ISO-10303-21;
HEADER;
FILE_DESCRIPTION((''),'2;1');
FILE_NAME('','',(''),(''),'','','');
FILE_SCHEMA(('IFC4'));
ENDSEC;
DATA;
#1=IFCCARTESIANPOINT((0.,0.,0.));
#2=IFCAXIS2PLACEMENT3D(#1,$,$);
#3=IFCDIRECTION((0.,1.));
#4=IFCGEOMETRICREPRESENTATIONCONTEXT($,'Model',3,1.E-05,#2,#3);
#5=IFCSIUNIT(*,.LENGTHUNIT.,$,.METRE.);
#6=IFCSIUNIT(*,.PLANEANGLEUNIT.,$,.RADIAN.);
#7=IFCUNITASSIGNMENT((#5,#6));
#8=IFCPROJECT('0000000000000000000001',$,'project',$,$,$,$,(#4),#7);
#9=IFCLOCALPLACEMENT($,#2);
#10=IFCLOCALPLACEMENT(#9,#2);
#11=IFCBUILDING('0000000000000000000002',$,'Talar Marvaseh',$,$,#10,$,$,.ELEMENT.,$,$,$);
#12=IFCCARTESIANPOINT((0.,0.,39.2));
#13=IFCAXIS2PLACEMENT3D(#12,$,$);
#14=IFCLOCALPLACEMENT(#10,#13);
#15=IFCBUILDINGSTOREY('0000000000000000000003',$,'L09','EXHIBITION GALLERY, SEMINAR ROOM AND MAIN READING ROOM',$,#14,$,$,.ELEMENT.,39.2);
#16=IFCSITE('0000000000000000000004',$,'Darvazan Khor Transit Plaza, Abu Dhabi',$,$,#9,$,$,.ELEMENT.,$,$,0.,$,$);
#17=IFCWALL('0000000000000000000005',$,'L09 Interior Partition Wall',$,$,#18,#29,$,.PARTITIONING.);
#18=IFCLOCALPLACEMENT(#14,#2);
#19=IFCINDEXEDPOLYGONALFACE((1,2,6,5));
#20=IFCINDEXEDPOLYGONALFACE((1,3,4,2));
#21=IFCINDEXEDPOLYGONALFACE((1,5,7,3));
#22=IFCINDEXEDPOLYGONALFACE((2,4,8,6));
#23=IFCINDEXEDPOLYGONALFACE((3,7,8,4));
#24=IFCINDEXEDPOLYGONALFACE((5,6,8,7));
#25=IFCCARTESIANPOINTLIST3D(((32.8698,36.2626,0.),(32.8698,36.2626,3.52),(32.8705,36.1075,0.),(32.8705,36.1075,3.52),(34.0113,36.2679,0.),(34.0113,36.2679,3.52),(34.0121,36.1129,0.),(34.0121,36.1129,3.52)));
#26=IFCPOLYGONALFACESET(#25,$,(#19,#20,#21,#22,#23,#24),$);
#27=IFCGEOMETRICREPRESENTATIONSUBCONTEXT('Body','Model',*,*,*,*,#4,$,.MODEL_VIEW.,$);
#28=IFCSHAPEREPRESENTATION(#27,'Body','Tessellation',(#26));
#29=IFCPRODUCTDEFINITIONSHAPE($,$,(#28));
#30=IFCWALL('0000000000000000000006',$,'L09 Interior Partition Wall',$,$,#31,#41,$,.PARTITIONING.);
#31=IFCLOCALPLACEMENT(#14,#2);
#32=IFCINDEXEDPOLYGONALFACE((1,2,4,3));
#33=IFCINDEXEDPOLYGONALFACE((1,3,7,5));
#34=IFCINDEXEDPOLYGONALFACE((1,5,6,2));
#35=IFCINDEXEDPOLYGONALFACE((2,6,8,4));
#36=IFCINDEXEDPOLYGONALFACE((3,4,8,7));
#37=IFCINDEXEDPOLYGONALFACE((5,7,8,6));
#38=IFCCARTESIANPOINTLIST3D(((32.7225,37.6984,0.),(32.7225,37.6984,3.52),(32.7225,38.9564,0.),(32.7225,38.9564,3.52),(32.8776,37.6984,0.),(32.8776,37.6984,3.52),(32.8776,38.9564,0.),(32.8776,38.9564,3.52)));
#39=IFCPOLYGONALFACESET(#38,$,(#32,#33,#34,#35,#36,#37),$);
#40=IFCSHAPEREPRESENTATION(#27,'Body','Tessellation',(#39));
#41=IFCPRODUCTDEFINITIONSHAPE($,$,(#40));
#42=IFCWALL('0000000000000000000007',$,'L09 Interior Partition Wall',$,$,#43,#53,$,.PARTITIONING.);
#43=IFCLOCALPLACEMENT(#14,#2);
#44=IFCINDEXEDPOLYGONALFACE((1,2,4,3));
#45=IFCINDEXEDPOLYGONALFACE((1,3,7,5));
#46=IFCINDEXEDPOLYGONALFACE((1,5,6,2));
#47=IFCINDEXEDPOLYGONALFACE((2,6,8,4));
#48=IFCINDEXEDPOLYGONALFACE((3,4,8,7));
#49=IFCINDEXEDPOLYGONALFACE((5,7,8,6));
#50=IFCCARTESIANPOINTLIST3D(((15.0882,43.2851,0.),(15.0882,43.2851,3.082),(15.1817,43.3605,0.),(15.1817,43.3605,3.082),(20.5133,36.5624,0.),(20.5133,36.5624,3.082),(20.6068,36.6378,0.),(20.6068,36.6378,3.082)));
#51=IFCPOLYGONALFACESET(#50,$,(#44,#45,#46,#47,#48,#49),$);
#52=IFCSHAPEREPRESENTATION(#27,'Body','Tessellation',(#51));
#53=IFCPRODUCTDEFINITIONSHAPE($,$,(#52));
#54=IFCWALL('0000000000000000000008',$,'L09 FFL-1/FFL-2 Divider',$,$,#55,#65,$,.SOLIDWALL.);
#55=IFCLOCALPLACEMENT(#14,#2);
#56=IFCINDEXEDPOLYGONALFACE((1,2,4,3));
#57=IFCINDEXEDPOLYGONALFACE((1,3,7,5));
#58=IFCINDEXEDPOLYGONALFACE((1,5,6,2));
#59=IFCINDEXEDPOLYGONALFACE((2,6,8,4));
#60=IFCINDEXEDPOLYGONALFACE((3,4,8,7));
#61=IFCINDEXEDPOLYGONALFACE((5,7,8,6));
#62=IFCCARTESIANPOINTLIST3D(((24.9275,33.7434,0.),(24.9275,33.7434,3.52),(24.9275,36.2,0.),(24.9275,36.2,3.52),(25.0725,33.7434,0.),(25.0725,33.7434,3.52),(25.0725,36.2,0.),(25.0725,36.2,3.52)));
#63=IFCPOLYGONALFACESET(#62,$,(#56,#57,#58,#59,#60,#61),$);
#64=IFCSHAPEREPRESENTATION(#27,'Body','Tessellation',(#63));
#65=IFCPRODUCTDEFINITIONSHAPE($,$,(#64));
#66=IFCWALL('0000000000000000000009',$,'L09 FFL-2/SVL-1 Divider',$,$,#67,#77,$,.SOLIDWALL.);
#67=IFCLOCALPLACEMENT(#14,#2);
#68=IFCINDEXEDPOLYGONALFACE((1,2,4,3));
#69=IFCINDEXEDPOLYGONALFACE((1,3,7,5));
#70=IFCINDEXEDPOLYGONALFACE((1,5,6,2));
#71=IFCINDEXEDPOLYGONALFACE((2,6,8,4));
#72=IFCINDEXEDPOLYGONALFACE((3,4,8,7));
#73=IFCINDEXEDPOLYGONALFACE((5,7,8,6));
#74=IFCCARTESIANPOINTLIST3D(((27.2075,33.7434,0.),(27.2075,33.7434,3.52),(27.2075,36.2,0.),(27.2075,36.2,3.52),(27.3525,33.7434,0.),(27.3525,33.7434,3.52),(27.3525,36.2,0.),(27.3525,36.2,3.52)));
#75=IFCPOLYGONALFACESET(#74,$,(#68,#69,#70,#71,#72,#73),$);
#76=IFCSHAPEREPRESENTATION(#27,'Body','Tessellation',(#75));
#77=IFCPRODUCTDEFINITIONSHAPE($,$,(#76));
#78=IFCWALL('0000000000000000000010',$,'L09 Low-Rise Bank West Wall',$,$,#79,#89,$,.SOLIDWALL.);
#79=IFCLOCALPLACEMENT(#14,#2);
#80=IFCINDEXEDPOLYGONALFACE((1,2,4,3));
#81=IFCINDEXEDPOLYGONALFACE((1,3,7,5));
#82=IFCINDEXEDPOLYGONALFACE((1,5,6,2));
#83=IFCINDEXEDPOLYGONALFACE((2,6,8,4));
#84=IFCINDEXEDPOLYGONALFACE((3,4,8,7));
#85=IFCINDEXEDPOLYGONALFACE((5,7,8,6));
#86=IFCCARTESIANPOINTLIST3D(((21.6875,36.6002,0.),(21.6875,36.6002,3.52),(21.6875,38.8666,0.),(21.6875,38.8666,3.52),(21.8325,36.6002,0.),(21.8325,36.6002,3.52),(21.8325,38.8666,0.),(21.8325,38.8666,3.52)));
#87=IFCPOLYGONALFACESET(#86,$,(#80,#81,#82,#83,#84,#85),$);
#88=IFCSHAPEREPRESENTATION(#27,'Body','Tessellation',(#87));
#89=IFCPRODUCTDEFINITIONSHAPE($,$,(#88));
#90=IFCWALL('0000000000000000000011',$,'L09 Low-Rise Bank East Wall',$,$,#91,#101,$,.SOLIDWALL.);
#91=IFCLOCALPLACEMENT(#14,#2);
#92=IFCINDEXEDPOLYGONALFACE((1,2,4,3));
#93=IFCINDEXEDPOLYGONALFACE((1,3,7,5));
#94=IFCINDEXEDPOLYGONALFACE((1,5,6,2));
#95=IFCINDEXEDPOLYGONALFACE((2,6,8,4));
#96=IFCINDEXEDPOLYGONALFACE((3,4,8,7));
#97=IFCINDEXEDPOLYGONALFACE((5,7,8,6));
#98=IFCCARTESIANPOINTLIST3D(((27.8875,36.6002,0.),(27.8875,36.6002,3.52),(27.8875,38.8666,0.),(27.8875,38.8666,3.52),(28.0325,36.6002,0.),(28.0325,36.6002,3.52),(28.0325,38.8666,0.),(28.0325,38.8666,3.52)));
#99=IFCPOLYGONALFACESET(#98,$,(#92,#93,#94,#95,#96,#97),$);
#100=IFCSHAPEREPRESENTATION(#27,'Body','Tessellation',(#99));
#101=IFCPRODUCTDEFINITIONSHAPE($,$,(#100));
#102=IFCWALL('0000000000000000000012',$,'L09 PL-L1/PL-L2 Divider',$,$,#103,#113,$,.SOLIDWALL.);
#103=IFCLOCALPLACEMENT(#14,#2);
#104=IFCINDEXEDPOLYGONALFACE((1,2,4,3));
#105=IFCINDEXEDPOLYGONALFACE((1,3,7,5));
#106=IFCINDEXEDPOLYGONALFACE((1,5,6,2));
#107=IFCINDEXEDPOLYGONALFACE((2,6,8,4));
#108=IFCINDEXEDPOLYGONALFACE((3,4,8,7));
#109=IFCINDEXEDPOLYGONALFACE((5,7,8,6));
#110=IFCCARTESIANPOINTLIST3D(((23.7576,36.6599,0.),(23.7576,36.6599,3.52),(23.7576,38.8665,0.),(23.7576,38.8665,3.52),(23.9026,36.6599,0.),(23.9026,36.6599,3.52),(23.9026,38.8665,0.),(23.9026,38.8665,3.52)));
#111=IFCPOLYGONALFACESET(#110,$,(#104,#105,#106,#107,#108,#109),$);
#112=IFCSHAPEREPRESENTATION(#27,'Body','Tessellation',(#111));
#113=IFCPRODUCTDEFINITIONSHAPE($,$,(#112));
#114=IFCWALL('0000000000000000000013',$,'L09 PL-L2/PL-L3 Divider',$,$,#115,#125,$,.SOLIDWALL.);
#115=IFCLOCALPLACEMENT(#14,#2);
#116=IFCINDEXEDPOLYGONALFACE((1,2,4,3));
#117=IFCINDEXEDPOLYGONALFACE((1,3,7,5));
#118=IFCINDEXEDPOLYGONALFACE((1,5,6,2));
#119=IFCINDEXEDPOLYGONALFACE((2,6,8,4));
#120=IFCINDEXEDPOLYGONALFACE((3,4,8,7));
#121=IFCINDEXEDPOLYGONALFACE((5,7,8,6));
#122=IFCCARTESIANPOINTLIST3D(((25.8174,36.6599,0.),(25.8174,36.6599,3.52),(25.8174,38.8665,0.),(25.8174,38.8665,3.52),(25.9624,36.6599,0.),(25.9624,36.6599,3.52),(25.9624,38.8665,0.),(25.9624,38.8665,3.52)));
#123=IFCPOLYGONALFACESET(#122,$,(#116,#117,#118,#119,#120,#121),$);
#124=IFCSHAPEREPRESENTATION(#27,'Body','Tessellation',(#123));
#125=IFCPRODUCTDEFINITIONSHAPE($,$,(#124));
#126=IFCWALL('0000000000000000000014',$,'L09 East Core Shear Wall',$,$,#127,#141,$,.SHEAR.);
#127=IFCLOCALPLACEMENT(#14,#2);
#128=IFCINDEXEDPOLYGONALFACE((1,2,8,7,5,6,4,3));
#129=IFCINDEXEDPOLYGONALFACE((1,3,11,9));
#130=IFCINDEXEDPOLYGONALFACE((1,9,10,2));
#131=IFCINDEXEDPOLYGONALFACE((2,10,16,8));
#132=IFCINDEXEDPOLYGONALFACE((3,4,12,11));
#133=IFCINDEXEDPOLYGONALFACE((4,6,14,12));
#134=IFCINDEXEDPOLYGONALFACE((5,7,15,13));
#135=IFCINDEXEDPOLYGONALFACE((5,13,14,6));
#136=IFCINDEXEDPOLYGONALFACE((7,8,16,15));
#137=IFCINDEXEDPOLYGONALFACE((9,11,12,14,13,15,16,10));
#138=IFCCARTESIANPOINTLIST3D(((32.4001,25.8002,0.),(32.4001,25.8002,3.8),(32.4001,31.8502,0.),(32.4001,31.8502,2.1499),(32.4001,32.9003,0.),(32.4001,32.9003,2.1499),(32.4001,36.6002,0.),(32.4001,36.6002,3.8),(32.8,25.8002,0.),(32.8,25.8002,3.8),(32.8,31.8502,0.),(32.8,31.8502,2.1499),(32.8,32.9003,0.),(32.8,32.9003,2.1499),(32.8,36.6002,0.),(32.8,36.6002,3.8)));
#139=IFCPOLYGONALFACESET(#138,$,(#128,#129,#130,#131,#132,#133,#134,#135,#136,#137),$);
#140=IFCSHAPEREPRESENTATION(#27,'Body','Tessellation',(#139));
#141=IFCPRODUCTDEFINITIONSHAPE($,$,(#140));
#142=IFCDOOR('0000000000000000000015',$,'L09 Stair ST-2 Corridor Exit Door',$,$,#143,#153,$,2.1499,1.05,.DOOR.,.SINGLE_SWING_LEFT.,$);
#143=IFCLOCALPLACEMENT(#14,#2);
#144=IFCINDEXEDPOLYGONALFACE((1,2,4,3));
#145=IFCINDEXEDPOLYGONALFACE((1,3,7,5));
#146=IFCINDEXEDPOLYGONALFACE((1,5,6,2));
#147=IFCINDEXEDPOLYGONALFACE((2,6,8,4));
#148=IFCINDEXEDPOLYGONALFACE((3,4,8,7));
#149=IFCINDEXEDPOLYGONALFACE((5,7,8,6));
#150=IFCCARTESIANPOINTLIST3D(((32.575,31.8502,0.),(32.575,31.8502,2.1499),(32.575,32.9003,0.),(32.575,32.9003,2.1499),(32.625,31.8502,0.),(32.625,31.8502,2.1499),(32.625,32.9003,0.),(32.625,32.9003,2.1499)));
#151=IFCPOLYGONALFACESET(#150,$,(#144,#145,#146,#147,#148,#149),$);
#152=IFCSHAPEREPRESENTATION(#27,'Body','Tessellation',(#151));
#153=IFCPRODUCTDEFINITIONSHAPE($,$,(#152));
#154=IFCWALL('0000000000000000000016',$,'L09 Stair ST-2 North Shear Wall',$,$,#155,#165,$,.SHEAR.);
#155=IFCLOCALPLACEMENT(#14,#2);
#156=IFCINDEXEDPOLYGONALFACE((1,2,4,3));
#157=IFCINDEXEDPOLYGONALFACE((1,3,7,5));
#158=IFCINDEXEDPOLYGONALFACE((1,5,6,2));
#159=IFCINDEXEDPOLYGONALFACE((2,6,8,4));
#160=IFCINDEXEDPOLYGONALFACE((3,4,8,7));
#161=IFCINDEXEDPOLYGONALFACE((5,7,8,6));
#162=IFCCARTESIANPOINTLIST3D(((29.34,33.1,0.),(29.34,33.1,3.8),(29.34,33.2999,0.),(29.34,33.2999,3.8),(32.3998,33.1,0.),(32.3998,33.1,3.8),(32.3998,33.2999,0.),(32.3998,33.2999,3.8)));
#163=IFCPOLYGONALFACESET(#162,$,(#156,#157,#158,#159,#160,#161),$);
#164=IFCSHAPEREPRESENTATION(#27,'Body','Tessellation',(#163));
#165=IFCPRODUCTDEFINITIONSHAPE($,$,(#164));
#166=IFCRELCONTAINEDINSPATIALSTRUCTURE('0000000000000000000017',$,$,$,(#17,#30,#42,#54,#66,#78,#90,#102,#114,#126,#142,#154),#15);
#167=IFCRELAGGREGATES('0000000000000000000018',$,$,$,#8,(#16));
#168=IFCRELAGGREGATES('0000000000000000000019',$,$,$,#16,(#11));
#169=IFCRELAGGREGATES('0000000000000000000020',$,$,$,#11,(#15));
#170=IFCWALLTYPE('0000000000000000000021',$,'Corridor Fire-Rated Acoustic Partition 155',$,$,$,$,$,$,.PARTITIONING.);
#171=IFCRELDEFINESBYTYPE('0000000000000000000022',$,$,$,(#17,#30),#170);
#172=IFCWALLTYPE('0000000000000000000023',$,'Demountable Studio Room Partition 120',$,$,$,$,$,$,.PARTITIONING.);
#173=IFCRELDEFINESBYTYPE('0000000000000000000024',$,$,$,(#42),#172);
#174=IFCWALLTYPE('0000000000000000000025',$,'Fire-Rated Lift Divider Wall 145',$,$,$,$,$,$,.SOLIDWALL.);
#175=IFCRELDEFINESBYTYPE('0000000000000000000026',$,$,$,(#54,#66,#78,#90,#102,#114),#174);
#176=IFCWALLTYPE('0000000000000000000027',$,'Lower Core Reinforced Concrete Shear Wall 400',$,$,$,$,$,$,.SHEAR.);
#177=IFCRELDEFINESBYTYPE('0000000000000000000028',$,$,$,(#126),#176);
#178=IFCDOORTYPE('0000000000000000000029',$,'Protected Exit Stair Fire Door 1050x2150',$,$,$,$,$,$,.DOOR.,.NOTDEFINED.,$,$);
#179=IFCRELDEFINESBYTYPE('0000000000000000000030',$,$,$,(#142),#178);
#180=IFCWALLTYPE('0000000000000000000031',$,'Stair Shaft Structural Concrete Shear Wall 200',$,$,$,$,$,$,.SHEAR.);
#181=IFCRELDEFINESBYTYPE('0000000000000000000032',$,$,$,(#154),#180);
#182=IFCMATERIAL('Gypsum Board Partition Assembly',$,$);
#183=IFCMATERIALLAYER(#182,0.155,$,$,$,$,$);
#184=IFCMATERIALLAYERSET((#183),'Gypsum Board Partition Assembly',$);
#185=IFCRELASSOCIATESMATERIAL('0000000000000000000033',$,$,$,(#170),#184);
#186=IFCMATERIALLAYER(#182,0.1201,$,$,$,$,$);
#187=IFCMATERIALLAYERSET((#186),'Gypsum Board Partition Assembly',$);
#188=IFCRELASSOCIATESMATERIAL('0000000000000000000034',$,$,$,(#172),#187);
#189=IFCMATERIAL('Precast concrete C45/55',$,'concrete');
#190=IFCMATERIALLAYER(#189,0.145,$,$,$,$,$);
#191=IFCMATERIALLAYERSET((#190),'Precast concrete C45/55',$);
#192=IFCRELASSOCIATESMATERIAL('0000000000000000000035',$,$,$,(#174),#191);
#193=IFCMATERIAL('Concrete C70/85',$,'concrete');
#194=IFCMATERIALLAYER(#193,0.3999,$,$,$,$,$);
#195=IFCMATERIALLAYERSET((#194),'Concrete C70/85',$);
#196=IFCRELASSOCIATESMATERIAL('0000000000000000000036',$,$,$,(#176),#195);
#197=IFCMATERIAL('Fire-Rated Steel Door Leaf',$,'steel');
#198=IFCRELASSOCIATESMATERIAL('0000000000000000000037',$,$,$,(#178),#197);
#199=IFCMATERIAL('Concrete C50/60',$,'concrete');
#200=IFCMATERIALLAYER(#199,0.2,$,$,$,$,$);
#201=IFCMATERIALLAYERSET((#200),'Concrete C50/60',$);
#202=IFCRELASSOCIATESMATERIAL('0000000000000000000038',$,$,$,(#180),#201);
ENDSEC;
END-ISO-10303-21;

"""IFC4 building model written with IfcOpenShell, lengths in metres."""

from ifc_helpers import new_model, si_unit, direction, frame, frame_2d, origin, place, context, subcontext, project, spatial, rectangle, extrude, source, transform, mapped, material, layer, layer_set, type_object, type_shapes, element, fill, save


model = new_model("IFC4")

# Units and contexts
model_context = context("Model", 3, precision=1e-05, world=origin(), true_north=direction((0.0, 1.0)))
body_context = subcontext(model_context, "Body", "Model", "MODEL_VIEW")
ifc_project = project(units=[si_unit("LENGTHUNIT", "METRE"), si_unit("PLANEANGLEUNIT", "RADIAN")], contexts=[model_context])

# Site, building, storey
site_placement = place(None, origin())
site = spatial("IfcSite", under=ifc_project, at=site_placement, Name="Darvazan Khor Transit Plaza, Abu Dhabi", CompositionType="ELEMENT", RefElevation=0.0)
building_placement = place(site_placement, origin())
building = spatial("IfcBuilding", under=site, at=building_placement, Name="Talar Marvaseh", CompositionType="ELEMENT")
storey_placement = place(building_placement, frame((0.0, 0.0, 39.2)))
storey = spatial("IfcBuildingStorey", under=building, at=storey_placement, Name="L09", Description="EXHIBITION GALLERY, SEMINAR ROOM AND MAIN READING ROOM", CompositionType="ELEMENT", Elevation=39.2)

# Walls
ifc_material_1 = material(Name="Gypsum Board Partition Assembly")
ifc_layer_1 = layer(ifc_material_1, 0.155)
ifc_layer_set_1 = layer_set([ifc_layer_1], Name="Gypsum Board Partition Assembly")
wall_type_1 = type_object("IfcWallType", Name="Corridor Fire-Rated Acoustic Partition 155", PredefinedType="PARTITIONING", material=ifc_layer_set_1)
wall_1_placement = place(storey_placement, frame((32.8701, 36.1851, 0.0), z_axis=(0.0, 0.0, 1.0), x_axis=(0.999989, 0.004705, 0.0)))
element("IfcWall", 1, at=wall_1_placement, inside=storey, type_object=wall_type_1, Name="L09 Interior Partition Wall", PredefinedType="PARTITIONING", context=body_context, shape_type="SweptSolid", body=[
    extrude(rectangle(XDim=1.1416, YDim=0.155, at=frame_2d((0.5708, 0.0))), origin(), (0.0, 0.0, 1.0), 3.52),
])
wall_2_placement = place(storey_placement, frame((32.8, 37.6985, 0.0), z_axis=(0.0, 0.0, 1.0), x_axis=(0.0, 1.0, 0.0)))
element("IfcWall", 2, at=wall_2_placement, inside=storey, type_object=wall_type_1, Name="L09 Interior Partition Wall", PredefinedType="PARTITIONING", context=body_context, shape_type="SweptSolid", body=[
    extrude(rectangle(XDim=1.2581, YDim=0.155, at=frame_2d((0.6289, 0.0))), origin(), (0.0, 0.0, 1.0), 3.52),
])
ifc_layer_2 = layer(ifc_material_1, 0.1201)
ifc_layer_set_2 = layer_set([ifc_layer_2], Name="Gypsum Board Partition Assembly")
wall_type_2 = type_object("IfcWallType", Name="Demountable Studio Room Partition 120", PredefinedType="PARTITIONING", material=ifc_layer_set_2)
wall_3_placement = place(storey_placement, frame((20.5601, 36.6001, 0.0), z_axis=(0.0, 0.0, 1.0), x_axis=(-0.628002, 0.778212, 0.0)))
element("IfcWall", 3, at=wall_3_placement, inside=storey, type_object=wall_type_2, Name="L09 Interior Partition Wall", PredefinedType="PARTITIONING", context=body_context, shape_type="SweptSolid", body=[
    extrude(rectangle(XDim=8.6387, YDim=0.1201, at=frame_2d((4.3193, 0.0))), origin(), (0.0, 0.0, 1.0), 3.082),
])
ifc_material_2 = material(Name="Precast concrete C45/55", Category="concrete")
ifc_layer_3 = layer(ifc_material_2, 0.145)
ifc_layer_set_3 = layer_set([ifc_layer_3], Name="Precast concrete C45/55")
wall_type_3 = type_object("IfcWallType", Name="Fire-Rated Lift Divider Wall 145", PredefinedType="SOLIDWALL", material=ifc_layer_set_3)
for number, where, z_axis, x_axis, name in (
    (4, (25.0, 33.7434, 0.0), (0.0, 0.0, 1.0), (0.0, 1.0, 0.0), "L09 FFL-1/FFL-2 Divider"),
    (5, (27.28, 33.7434, 0.0), (0.0, 0.0, 1.0), (0.0, 1.0, 0.0), "L09 FFL-2/SVL-1 Divider"),
):
    element("IfcWall", number, at=place(storey_placement, frame(where, z_axis=z_axis, x_axis=x_axis)), inside=storey, type_object=wall_type_3, Name=name, PredefinedType="SOLIDWALL", context=body_context, shape_type="SweptSolid", body=[
        extrude(rectangle(XDim=2.4565, YDim=0.145, at=frame_2d((1.2283, 0.0))), origin(), (0.0, 0.0, 1.0), 3.52),
    ])
for number, where, z_axis, x_axis, name in (
    (6, (21.76, 36.6001, 0.0), (0.0, 0.0, 1.0), (0.0, 1.0, 0.0), "L09 Low-Rise Bank West Wall"),
    (7, (27.96, 36.6001, 0.0), (0.0, 0.0, 1.0), (0.0, 1.0, 0.0), "L09 Low-Rise Bank East Wall"),
):
    element("IfcWall", number, at=place(storey_placement, frame(where, z_axis=z_axis, x_axis=x_axis)), inside=storey, type_object=wall_type_3, Name=name, PredefinedType="SOLIDWALL", context=body_context, shape_type="SweptSolid", body=[
        extrude(rectangle(XDim=2.2664, YDim=0.145, at=frame_2d((1.1333, 0.0))), origin(), (0.0, 0.0, 1.0), 3.52),
    ])
for number, where, z_axis, x_axis, name in (
    (8, (23.8301, 36.6599, 0.0), (0.0, 0.0, 1.0), (0.0, 1.0, 0.0), "L09 PL-L1/PL-L2 Divider"),
    (9, (25.8899, 36.6599, 0.0), (0.0, 0.0, 1.0), (0.0, 1.0, 0.0), "L09 PL-L2/PL-L3 Divider"),
):
    element("IfcWall", number, at=place(storey_placement, frame(where, z_axis=z_axis, x_axis=x_axis)), inside=storey, type_object=wall_type_3, Name=name, PredefinedType="SOLIDWALL", context=body_context, shape_type="SweptSolid", body=[
        extrude(rectangle(XDim=2.2065, YDim=0.145, at=frame_2d((1.1033, 0.0))), origin(), (0.0, 0.0, 1.0), 3.52),
    ])

# Wall, opening, door
ifc_material_3 = material(Name="Concrete C70/85", Category="concrete")
ifc_layer_4 = layer(ifc_material_3, 0.3999)
ifc_layer_set_4 = layer_set([ifc_layer_4], Name="Concrete C70/85")
wall_type_4 = type_object("IfcWallType", Name="Lower Core Reinforced Concrete Shear Wall 400", PredefinedType="SHEAR", material=ifc_layer_set_4)
wall_4_placement = place(storey_placement, frame((32.6001, 36.6001, 0.0), z_axis=(0.0, 0.0, 1.0), x_axis=(0.0, -1.0, 0.0)))
wall_4 = element("IfcWall", 10, at=wall_4_placement, inside=storey, type_object=wall_type_4, Name="L09 East Core Shear Wall", PredefinedType="SHEAR", context=body_context, shape_type="SweptSolid", body=[
    extrude(rectangle(XDim=10.8, YDim=0.3999, at=frame_2d((5.3999, 0.0))), origin(), (0.0, 0.0, 1.0), 3.8),
])
opening_1_placement = place(wall_4_placement, frame((3.7, 0.0, 0.0)))
opening_1 = element("IfcOpeningElement", 11, at=opening_1_placement, cuts=wall_4, PredefinedType="OPENING", context=body_context, shape_type="SweptSolid", body=[
    extrude(rectangle(XDim=1.05, YDim=2.1499, at=frame_2d((0.5249, 1.075))), frame((0.0, 0.21, 0.0), z_axis=(0.0, -1.0, 0.0), x_axis=(1.0, 0.0, 0.0)), (0.0, 0.0, 1.0), 0.4199),
])
ifc_material_4 = material(Name="Fire-Rated Steel Door Leaf", Category="steel")
door_type_1 = type_object("IfcDoorType", Name="Protected Exit Stair Fire Door 1050x2150", OperationType="NOTDEFINED", PredefinedType="DOOR", material=ifc_material_4)
shared_shape_1 = source(origin(), body_context, "Body", "SweptSolid", [
    extrude(rectangle(XDim=1.05, YDim=2.1499, at=frame_2d((0.5249, 1.075))), frame((0.0, 0.0249, 0.0), z_axis=(0.0, -1.0, 0.0), x_axis=(1.0, 0.0, 0.0)), (0.0, 0.0, 1.0), 0.05),
])
type_shapes(door_type_1, [shared_shape_1])
door_1_placement = place(opening_1_placement, origin())
door_1 = element("IfcDoor", 12, at=door_1_placement, inside=storey, type_object=door_type_1, Name="L09 Stair ST-2 Corridor Exit Door", OperationType="SINGLE_SWING_LEFT", OverallHeight=2.1499, OverallWidth=1.05, PredefinedType="DOOR", context=body_context, shape_type="MappedRepresentation", body=[
    mapped(shared_shape_1, transform((0.0, 0.0, 0.0), x_axis=(1.0, 0.0, 0.0), y_axis=(0.0, 1.0, 0.0), z_axis=(0.0, 0.0, 1.0), scale=1.0)),
])
fill(opening_1, door_1)

# Wall
ifc_material_5 = material(Name="Concrete C50/60", Category="concrete")
ifc_layer_5 = layer(ifc_material_5, 0.2)
ifc_layer_set_5 = layer_set([ifc_layer_5], Name="Concrete C50/60")
wall_type_5 = type_object("IfcWallType", Name="Stair Shaft Structural Concrete Shear Wall 200", PredefinedType="SHEAR", material=ifc_layer_set_5)
wall_5_placement = place(storey_placement, frame((29.3401, 33.2, 0.0), z_axis=(0.0, 0.0, 1.0), x_axis=(1.0, 0.0, 0.0)))
element("IfcWall", 13, at=wall_5_placement, inside=storey, type_object=wall_type_5, Name="L09 Stair ST-2 North Shear Wall", PredefinedType="SHEAR", context=body_context, shape_type="SweptSolid", body=[
    extrude(rectangle(XDim=3.0598, YDim=0.2, at=frame_2d((1.5298, 0.0))), origin(), (0.0, 0.0, 1.0), 3.8),
])

save(model, "model.ifc")
